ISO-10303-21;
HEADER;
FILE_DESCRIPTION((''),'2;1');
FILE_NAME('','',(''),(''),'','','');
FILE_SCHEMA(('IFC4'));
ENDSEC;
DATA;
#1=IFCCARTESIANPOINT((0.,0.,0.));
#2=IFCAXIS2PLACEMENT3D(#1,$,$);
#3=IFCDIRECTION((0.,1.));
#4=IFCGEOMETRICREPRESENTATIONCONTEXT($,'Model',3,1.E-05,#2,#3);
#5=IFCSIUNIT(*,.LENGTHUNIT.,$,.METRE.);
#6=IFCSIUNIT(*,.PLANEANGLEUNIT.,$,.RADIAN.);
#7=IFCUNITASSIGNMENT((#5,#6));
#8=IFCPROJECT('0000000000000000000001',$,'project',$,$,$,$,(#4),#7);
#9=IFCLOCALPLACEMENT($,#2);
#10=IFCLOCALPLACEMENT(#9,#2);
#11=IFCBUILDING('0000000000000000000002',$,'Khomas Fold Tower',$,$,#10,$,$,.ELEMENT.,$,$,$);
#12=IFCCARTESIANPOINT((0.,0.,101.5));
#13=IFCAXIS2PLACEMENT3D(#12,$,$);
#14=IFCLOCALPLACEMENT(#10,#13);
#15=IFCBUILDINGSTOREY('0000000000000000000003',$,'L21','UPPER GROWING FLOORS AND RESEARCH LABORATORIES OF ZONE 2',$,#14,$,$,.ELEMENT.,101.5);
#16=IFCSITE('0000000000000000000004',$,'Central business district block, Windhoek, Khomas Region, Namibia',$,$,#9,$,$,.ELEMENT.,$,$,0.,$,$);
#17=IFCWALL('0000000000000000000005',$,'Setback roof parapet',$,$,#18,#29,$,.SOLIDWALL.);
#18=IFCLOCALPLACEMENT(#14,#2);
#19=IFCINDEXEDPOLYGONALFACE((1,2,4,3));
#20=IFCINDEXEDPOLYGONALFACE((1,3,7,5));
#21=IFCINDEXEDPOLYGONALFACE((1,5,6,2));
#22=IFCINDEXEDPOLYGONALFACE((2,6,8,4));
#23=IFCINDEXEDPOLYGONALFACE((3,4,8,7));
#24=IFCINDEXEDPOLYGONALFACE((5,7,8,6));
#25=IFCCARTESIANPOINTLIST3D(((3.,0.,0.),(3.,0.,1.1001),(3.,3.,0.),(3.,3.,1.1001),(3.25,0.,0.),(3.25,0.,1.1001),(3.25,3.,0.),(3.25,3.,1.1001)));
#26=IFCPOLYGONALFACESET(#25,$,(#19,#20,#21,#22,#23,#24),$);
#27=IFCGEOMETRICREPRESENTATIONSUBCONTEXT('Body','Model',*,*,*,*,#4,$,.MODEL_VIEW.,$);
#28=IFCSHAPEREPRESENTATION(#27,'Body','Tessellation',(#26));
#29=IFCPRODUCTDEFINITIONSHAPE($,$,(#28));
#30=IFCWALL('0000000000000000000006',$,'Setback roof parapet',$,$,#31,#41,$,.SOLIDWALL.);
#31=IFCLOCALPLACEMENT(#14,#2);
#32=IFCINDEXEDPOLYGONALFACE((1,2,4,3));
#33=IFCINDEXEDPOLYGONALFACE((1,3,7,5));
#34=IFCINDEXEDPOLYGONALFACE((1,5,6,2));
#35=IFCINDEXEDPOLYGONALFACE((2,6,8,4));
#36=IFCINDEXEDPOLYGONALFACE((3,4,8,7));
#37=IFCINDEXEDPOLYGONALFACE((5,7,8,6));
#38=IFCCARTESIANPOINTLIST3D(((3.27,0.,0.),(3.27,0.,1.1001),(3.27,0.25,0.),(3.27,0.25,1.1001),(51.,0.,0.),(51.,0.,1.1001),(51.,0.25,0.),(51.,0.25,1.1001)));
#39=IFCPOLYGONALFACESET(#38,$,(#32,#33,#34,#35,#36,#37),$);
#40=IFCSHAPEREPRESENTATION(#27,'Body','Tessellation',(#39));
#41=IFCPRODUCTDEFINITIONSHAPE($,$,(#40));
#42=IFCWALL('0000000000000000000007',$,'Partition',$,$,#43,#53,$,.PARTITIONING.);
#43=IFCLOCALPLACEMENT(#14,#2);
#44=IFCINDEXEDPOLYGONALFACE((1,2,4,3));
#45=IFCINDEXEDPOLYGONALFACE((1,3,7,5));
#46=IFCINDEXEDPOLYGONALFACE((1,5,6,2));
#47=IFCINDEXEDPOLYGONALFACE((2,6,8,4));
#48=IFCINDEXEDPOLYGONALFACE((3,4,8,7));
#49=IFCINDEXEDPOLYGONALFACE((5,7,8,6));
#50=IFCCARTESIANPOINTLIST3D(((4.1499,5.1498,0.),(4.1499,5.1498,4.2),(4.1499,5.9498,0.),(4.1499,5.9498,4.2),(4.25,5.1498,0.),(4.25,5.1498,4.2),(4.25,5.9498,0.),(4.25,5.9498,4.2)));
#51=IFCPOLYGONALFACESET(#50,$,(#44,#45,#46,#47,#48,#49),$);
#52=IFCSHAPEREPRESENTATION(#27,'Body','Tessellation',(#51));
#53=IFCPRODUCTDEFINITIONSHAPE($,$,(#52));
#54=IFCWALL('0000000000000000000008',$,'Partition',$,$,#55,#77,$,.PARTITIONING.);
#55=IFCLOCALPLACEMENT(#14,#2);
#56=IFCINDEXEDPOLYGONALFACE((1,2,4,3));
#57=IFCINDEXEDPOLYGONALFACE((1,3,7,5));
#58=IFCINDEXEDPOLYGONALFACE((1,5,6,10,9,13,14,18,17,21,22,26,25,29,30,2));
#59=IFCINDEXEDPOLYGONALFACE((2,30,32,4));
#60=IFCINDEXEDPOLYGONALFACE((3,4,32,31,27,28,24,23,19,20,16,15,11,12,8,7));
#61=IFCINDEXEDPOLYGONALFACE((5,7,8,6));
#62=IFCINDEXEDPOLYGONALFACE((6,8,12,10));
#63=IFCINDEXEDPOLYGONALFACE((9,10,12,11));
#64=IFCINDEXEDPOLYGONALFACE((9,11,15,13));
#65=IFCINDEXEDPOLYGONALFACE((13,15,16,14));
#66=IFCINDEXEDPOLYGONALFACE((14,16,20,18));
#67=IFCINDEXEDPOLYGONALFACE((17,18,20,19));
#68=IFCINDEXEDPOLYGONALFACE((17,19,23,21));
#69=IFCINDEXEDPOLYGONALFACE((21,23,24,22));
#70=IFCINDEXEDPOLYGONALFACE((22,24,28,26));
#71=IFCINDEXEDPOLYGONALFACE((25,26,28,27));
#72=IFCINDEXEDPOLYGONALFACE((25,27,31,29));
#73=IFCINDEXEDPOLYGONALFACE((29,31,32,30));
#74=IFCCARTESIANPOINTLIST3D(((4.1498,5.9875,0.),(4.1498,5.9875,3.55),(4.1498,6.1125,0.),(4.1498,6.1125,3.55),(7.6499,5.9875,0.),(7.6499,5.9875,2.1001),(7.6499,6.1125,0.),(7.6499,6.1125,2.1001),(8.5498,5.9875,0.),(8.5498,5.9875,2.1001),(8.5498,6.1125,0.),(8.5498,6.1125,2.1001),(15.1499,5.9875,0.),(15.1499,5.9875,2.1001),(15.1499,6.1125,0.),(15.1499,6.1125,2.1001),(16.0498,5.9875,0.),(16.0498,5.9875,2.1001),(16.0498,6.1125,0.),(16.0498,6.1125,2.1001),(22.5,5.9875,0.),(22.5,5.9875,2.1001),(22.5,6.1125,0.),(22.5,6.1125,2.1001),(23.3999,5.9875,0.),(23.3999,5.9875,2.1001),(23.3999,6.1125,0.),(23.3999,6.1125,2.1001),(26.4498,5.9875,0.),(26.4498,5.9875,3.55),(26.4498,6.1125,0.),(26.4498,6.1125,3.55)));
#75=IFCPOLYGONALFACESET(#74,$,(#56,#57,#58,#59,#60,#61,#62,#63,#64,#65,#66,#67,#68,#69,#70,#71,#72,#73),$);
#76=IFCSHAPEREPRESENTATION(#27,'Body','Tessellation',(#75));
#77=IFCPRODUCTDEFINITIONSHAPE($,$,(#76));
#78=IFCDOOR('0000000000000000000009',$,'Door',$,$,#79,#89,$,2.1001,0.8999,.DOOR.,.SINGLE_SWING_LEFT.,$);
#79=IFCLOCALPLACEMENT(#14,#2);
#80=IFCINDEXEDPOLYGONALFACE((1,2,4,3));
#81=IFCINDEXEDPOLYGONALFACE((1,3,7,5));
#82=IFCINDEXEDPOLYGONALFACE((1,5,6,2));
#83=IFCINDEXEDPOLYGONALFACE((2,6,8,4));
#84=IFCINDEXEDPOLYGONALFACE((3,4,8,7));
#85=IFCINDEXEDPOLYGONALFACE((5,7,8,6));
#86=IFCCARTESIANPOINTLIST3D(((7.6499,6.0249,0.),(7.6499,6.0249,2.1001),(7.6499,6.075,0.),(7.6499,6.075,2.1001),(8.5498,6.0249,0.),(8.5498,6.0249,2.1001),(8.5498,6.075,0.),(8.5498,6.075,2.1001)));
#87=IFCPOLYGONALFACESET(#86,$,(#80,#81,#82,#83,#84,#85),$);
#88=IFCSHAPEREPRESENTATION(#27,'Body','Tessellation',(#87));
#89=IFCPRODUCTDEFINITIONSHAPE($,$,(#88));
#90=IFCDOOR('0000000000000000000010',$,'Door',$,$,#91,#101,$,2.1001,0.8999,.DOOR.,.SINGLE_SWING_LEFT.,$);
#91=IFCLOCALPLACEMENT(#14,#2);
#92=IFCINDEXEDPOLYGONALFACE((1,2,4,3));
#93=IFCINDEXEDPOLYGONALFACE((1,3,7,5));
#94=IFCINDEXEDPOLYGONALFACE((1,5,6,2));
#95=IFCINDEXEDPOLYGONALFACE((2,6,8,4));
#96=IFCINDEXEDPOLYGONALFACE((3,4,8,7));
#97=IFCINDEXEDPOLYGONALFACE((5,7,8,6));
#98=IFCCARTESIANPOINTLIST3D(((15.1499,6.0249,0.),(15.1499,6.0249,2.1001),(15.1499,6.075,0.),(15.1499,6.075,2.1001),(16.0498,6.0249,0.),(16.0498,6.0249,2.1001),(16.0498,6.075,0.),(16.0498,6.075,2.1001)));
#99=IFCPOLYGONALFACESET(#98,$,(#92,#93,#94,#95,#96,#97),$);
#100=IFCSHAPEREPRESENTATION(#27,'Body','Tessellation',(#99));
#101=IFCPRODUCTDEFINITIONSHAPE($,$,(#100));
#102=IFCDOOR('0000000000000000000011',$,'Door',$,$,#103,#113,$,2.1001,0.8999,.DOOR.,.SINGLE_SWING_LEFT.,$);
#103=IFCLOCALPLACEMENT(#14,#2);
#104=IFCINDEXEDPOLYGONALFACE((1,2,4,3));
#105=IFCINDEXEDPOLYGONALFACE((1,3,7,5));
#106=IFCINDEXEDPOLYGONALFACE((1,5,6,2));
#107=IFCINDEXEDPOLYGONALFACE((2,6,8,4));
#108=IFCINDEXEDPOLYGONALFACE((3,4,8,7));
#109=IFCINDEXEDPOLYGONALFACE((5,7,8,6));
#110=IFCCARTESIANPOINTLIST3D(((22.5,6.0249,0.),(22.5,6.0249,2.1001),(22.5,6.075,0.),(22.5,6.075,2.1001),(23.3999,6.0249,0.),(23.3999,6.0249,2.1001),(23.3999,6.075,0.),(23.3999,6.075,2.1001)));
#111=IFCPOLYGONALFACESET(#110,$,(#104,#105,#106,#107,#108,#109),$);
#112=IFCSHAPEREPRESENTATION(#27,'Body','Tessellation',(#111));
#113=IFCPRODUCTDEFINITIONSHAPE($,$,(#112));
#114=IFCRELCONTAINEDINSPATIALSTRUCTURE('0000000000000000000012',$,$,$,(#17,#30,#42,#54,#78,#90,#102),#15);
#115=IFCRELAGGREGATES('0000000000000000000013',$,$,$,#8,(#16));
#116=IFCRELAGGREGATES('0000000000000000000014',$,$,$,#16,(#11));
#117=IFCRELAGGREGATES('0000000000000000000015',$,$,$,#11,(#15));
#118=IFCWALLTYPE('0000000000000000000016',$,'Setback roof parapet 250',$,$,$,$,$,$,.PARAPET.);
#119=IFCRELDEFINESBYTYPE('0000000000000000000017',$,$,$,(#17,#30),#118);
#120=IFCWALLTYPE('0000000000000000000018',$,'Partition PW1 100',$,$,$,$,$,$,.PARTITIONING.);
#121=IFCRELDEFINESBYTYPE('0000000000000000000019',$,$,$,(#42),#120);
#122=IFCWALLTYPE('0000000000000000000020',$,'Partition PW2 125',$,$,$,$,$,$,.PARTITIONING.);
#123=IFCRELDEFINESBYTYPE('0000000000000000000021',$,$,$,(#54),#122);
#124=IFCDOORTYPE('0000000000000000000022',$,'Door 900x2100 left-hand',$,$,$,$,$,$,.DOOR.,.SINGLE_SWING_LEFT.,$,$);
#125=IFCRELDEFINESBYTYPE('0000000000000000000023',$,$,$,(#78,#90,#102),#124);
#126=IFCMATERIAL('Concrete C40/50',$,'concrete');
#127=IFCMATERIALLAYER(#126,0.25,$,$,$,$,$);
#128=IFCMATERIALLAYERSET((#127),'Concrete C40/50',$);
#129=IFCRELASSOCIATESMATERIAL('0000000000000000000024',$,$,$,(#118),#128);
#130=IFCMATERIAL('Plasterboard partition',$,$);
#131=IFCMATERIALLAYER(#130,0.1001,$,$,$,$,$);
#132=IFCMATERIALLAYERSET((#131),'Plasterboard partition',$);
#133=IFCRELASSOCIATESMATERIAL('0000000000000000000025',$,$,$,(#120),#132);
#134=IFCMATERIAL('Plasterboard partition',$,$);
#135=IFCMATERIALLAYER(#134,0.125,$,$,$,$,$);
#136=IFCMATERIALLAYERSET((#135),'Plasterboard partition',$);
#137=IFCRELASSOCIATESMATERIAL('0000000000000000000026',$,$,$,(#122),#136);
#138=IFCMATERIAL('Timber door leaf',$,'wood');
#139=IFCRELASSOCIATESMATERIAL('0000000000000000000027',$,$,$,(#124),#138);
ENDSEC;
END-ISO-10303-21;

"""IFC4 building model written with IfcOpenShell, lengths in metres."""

from ifc_helpers import new_model, si_unit, direction, frame, frame_2d, origin, place, context, subcontext, project, spatial, rectangle, extrude, source, transform, mapped, material, layer, layer_set, type_object, element, fill, save


model = new_model("IFC4")

# Units and contexts
model_context = context("Model", 3, precision=1e-05, world=origin(), true_north=direction((0.0, 1.0)))
body_context = subcontext(model_context, "Body", "Model", "MODEL_VIEW")
ifc_project = project(units=[si_unit("LENGTHUNIT", "METRE"), si_unit("PLANEANGLEUNIT", "RADIAN")], contexts=[model_context])

# Site, building, storey
site_placement = place(None, origin())
site = spatial("IfcSite", under=ifc_project, at=site_placement, Name="Central business district block, Windhoek, Khomas Region, Namibia", CompositionType="ELEMENT", RefElevation=0.0)
building_placement = place(site_placement, origin())
building = spatial("IfcBuilding", under=site, at=building_placement, Name="Khomas Fold Tower", CompositionType="ELEMENT")
storey_placement = place(building_placement, frame((0.0, 0.0, 101.5)))
storey = spatial("IfcBuildingStorey", under=building, at=storey_placement, Name="L21", Description="UPPER GROWING FLOORS AND RESEARCH LABORATORIES OF ZONE 2", CompositionType="ELEMENT", Elevation=101.5)

# Walls
ifc_material_1 = material(Name="Concrete C40/50", Category="concrete")
ifc_layer_1 = layer(ifc_material_1, 0.25)
ifc_layer_set_1 = layer_set([ifc_layer_1], Name="Concrete C40/50")
wall_type_1 = type_object("IfcWallType", Name="Setback roof parapet 250", PredefinedType="PARAPET", material=ifc_layer_set_1)
shared_shape_1 = source(origin(), body_context, "Body", "SweptSolid", [
    extrude(rectangle(XDim=3.0, YDim=0.25, at=frame_2d((1.5, 0.0))), origin(), (0.0, 0.0, 1.0), 1.1001),
])
wall_1_placement = place(storey_placement, frame((3.125, 3.0, 0.0), z_axis=(0.0, 0.0, 1.0), x_axis=(0.0, -1.0, 0.0)))
element("IfcWall", 1, at=wall_1_placement, inside=storey, type_object=wall_type_1, Name="Setback roof parapet", PredefinedType="SOLIDWALL", context=body_context, shape_type="MappedRepresentation", body=[
    mapped(shared_shape_1, transform((0.0, 0.0, 0.0))),
])
shared_shape_2 = source(origin(), body_context, "Body", "SweptSolid", [
    extrude(rectangle(XDim=47.73, YDim=0.25, at=frame_2d((23.865, 0.0))), origin(), (0.0, 0.0, 1.0), 1.1001),
])
wall_2_placement = place(storey_placement, frame((3.27, 0.125, 0.0), z_axis=(0.0, 0.0, 1.0), x_axis=(1.0, 0.0, 0.0)))
element("IfcWall", 2, at=wall_2_placement, inside=storey, type_object=wall_type_1, Name="Setback roof parapet", PredefinedType="SOLIDWALL", context=body_context, shape_type="MappedRepresentation", body=[
    mapped(shared_shape_2, transform((0.0, 0.0, 0.0))),
])
ifc_material_2 = material(Name="Plasterboard partition")
ifc_layer_2 = layer(ifc_material_2, 0.1001)
ifc_layer_set_2 = layer_set([ifc_layer_2], Name="Plasterboard partition")
wall_type_2 = type_object("IfcWallType", Name="Partition PW1 100", PredefinedType="PARTITIONING", material=ifc_layer_set_2)
shared_shape_3 = source(origin(), body_context, "Body", "SweptSolid", [
    extrude(rectangle(XDim=0.8, YDim=0.1001, at=frame_2d((0.3999, 0.0))), origin(), (0.0, 0.0, 1.0), 4.2),
])
wall_3_placement = place(storey_placement, frame((4.2, 5.1499, 0.0), z_axis=(0.0, 0.0, 1.0), x_axis=(0.0, 1.0, 0.0)))
element("IfcWall", 3, at=wall_3_placement, inside=storey, type_object=wall_type_2, Name="Partition", PredefinedType="PARTITIONING", context=body_context, shape_type="MappedRepresentation", body=[
    mapped(shared_shape_3, transform((0.0, 0.0, 0.0))),
])

# Wall, openings, doors
ifc_material_3 = material(Name="Plasterboard partition")
ifc_layer_3 = layer(ifc_material_3, 0.125)
ifc_layer_set_3 = layer_set([ifc_layer_3], Name="Plasterboard partition")
wall_type_3 = type_object("IfcWallType", Name="Partition PW2 125", PredefinedType="PARTITIONING", material=ifc_layer_set_3)
shared_shape_4 = source(origin(), body_context, "Body", "SweptSolid", [
    extrude(rectangle(XDim=22.3, YDim=0.125, at=frame_2d((11.1499, 0.0))), origin(), (0.0, 0.0, 1.0), 3.55),
])
wall_4_placement = place(storey_placement, frame((4.1499, 6.05, 0.0), z_axis=(0.0, 0.0, 1.0), x_axis=(1.0, 0.0, 0.0)))
wall_4 = element("IfcWall", 4, at=wall_4_placement, inside=storey, type_object=wall_type_3, Name="Partition", PredefinedType="PARTITIONING", context=body_context, shape_type="MappedRepresentation", body=[
    mapped(shared_shape_4, transform((0.0, 0.0, 0.0))),
])
shared_shape_5 = source(origin(), body_context, "Body", "SweptSolid", [
    extrude(rectangle(XDim=0.8999, YDim=2.1001, at=frame_2d((0.45, 1.05))), frame((0.0, 0.0725, 0.0), z_axis=(0.0, -1.0, 0.0), x_axis=(1.0, 0.0, 0.0)), (0.0, 0.0, 1.0), 0.145),
])
opening_1_placement = place(wall_4_placement, frame((3.5, 0.0, 0.0)))
opening_1 = element("IfcOpeningElement", 5, at=opening_1_placement, cuts=wall_4, PredefinedType="OPENING", context=body_context, shape_type="MappedRepresentation", body=[
    mapped(shared_shape_5, transform((0.0, 0.0, 0.0))),
])
opening_2_placement = place(wall_4_placement, frame((11.0, 0.0, 0.0)))
opening_2 = element("IfcOpeningElement", 6, at=opening_2_placement, cuts=wall_4, PredefinedType="OPENING", context=body_context, shape_type="MappedRepresentation", body=[
    mapped(shared_shape_5, transform((0.0, 0.0, 0.0))),
])
opening_3_placement = place(wall_4_placement, frame((18.3501, 0.0, 0.0)))
opening_3 = element("IfcOpeningElement", 7, at=opening_3_placement, cuts=wall_4, PredefinedType="OPENING", context=body_context, shape_type="MappedRepresentation", body=[
    mapped(shared_shape_5, transform((0.0, 0.0, 0.0))),
])
ifc_material_4 = material(Name="Timber door leaf", Category="wood")
door_type_1 = type_object("IfcDoorType", Name="Door 900x2100 left-hand", OperationType="SINGLE_SWING_LEFT", PredefinedType="DOOR", material=ifc_material_4)
shared_shape_6 = source(origin(), body_context, "Body", "SweptSolid", [
    extrude(rectangle(XDim=0.8999, YDim=2.1001, at=frame_2d((0.45, 1.05))), frame((0.0, 0.0249, 0.0), z_axis=(0.0, -1.0, 0.0), x_axis=(1.0, 0.0, 0.0)), (0.0, 0.0, 1.0), 0.05),
])
door_1_placement = place(opening_1_placement, origin())
door_1 = element("IfcDoor", 8, at=door_1_placement, inside=storey, type_object=door_type_1, Name="Door", OperationType="SINGLE_SWING_LEFT", OverallHeight=2.1001, OverallWidth=0.8999, PredefinedType="DOOR", context=body_context, shape_type="MappedRepresentation", body=[
    mapped(shared_shape_6, transform((0.0, 0.0, 0.0))),
])
fill(opening_1, door_1)
door_2_placement = place(opening_2_placement, origin())
door_2 = element("IfcDoor", 9, at=door_2_placement, inside=storey, type_object=door_type_1, Name="Door", OperationType="SINGLE_SWING_LEFT", OverallHeight=2.1001, OverallWidth=0.8999, PredefinedType="DOOR", context=body_context, shape_type="MappedRepresentation", body=[
    mapped(shared_shape_6, transform((0.0, 0.0, 0.0))),
])
fill(opening_2, door_2)
door_3_placement = place(opening_3_placement, origin())
door_3 = element("IfcDoor", 10, at=door_3_placement, inside=storey, type_object=door_type_1, Name="Door", OperationType="SINGLE_SWING_LEFT", OverallHeight=2.1001, OverallWidth=0.8999, PredefinedType="DOOR", context=body_context, shape_type="MappedRepresentation", body=[
    mapped(shared_shape_6, transform((0.0, 0.0, 0.0))),
])
fill(opening_3, door_3)

save(model, "model.ifc")
